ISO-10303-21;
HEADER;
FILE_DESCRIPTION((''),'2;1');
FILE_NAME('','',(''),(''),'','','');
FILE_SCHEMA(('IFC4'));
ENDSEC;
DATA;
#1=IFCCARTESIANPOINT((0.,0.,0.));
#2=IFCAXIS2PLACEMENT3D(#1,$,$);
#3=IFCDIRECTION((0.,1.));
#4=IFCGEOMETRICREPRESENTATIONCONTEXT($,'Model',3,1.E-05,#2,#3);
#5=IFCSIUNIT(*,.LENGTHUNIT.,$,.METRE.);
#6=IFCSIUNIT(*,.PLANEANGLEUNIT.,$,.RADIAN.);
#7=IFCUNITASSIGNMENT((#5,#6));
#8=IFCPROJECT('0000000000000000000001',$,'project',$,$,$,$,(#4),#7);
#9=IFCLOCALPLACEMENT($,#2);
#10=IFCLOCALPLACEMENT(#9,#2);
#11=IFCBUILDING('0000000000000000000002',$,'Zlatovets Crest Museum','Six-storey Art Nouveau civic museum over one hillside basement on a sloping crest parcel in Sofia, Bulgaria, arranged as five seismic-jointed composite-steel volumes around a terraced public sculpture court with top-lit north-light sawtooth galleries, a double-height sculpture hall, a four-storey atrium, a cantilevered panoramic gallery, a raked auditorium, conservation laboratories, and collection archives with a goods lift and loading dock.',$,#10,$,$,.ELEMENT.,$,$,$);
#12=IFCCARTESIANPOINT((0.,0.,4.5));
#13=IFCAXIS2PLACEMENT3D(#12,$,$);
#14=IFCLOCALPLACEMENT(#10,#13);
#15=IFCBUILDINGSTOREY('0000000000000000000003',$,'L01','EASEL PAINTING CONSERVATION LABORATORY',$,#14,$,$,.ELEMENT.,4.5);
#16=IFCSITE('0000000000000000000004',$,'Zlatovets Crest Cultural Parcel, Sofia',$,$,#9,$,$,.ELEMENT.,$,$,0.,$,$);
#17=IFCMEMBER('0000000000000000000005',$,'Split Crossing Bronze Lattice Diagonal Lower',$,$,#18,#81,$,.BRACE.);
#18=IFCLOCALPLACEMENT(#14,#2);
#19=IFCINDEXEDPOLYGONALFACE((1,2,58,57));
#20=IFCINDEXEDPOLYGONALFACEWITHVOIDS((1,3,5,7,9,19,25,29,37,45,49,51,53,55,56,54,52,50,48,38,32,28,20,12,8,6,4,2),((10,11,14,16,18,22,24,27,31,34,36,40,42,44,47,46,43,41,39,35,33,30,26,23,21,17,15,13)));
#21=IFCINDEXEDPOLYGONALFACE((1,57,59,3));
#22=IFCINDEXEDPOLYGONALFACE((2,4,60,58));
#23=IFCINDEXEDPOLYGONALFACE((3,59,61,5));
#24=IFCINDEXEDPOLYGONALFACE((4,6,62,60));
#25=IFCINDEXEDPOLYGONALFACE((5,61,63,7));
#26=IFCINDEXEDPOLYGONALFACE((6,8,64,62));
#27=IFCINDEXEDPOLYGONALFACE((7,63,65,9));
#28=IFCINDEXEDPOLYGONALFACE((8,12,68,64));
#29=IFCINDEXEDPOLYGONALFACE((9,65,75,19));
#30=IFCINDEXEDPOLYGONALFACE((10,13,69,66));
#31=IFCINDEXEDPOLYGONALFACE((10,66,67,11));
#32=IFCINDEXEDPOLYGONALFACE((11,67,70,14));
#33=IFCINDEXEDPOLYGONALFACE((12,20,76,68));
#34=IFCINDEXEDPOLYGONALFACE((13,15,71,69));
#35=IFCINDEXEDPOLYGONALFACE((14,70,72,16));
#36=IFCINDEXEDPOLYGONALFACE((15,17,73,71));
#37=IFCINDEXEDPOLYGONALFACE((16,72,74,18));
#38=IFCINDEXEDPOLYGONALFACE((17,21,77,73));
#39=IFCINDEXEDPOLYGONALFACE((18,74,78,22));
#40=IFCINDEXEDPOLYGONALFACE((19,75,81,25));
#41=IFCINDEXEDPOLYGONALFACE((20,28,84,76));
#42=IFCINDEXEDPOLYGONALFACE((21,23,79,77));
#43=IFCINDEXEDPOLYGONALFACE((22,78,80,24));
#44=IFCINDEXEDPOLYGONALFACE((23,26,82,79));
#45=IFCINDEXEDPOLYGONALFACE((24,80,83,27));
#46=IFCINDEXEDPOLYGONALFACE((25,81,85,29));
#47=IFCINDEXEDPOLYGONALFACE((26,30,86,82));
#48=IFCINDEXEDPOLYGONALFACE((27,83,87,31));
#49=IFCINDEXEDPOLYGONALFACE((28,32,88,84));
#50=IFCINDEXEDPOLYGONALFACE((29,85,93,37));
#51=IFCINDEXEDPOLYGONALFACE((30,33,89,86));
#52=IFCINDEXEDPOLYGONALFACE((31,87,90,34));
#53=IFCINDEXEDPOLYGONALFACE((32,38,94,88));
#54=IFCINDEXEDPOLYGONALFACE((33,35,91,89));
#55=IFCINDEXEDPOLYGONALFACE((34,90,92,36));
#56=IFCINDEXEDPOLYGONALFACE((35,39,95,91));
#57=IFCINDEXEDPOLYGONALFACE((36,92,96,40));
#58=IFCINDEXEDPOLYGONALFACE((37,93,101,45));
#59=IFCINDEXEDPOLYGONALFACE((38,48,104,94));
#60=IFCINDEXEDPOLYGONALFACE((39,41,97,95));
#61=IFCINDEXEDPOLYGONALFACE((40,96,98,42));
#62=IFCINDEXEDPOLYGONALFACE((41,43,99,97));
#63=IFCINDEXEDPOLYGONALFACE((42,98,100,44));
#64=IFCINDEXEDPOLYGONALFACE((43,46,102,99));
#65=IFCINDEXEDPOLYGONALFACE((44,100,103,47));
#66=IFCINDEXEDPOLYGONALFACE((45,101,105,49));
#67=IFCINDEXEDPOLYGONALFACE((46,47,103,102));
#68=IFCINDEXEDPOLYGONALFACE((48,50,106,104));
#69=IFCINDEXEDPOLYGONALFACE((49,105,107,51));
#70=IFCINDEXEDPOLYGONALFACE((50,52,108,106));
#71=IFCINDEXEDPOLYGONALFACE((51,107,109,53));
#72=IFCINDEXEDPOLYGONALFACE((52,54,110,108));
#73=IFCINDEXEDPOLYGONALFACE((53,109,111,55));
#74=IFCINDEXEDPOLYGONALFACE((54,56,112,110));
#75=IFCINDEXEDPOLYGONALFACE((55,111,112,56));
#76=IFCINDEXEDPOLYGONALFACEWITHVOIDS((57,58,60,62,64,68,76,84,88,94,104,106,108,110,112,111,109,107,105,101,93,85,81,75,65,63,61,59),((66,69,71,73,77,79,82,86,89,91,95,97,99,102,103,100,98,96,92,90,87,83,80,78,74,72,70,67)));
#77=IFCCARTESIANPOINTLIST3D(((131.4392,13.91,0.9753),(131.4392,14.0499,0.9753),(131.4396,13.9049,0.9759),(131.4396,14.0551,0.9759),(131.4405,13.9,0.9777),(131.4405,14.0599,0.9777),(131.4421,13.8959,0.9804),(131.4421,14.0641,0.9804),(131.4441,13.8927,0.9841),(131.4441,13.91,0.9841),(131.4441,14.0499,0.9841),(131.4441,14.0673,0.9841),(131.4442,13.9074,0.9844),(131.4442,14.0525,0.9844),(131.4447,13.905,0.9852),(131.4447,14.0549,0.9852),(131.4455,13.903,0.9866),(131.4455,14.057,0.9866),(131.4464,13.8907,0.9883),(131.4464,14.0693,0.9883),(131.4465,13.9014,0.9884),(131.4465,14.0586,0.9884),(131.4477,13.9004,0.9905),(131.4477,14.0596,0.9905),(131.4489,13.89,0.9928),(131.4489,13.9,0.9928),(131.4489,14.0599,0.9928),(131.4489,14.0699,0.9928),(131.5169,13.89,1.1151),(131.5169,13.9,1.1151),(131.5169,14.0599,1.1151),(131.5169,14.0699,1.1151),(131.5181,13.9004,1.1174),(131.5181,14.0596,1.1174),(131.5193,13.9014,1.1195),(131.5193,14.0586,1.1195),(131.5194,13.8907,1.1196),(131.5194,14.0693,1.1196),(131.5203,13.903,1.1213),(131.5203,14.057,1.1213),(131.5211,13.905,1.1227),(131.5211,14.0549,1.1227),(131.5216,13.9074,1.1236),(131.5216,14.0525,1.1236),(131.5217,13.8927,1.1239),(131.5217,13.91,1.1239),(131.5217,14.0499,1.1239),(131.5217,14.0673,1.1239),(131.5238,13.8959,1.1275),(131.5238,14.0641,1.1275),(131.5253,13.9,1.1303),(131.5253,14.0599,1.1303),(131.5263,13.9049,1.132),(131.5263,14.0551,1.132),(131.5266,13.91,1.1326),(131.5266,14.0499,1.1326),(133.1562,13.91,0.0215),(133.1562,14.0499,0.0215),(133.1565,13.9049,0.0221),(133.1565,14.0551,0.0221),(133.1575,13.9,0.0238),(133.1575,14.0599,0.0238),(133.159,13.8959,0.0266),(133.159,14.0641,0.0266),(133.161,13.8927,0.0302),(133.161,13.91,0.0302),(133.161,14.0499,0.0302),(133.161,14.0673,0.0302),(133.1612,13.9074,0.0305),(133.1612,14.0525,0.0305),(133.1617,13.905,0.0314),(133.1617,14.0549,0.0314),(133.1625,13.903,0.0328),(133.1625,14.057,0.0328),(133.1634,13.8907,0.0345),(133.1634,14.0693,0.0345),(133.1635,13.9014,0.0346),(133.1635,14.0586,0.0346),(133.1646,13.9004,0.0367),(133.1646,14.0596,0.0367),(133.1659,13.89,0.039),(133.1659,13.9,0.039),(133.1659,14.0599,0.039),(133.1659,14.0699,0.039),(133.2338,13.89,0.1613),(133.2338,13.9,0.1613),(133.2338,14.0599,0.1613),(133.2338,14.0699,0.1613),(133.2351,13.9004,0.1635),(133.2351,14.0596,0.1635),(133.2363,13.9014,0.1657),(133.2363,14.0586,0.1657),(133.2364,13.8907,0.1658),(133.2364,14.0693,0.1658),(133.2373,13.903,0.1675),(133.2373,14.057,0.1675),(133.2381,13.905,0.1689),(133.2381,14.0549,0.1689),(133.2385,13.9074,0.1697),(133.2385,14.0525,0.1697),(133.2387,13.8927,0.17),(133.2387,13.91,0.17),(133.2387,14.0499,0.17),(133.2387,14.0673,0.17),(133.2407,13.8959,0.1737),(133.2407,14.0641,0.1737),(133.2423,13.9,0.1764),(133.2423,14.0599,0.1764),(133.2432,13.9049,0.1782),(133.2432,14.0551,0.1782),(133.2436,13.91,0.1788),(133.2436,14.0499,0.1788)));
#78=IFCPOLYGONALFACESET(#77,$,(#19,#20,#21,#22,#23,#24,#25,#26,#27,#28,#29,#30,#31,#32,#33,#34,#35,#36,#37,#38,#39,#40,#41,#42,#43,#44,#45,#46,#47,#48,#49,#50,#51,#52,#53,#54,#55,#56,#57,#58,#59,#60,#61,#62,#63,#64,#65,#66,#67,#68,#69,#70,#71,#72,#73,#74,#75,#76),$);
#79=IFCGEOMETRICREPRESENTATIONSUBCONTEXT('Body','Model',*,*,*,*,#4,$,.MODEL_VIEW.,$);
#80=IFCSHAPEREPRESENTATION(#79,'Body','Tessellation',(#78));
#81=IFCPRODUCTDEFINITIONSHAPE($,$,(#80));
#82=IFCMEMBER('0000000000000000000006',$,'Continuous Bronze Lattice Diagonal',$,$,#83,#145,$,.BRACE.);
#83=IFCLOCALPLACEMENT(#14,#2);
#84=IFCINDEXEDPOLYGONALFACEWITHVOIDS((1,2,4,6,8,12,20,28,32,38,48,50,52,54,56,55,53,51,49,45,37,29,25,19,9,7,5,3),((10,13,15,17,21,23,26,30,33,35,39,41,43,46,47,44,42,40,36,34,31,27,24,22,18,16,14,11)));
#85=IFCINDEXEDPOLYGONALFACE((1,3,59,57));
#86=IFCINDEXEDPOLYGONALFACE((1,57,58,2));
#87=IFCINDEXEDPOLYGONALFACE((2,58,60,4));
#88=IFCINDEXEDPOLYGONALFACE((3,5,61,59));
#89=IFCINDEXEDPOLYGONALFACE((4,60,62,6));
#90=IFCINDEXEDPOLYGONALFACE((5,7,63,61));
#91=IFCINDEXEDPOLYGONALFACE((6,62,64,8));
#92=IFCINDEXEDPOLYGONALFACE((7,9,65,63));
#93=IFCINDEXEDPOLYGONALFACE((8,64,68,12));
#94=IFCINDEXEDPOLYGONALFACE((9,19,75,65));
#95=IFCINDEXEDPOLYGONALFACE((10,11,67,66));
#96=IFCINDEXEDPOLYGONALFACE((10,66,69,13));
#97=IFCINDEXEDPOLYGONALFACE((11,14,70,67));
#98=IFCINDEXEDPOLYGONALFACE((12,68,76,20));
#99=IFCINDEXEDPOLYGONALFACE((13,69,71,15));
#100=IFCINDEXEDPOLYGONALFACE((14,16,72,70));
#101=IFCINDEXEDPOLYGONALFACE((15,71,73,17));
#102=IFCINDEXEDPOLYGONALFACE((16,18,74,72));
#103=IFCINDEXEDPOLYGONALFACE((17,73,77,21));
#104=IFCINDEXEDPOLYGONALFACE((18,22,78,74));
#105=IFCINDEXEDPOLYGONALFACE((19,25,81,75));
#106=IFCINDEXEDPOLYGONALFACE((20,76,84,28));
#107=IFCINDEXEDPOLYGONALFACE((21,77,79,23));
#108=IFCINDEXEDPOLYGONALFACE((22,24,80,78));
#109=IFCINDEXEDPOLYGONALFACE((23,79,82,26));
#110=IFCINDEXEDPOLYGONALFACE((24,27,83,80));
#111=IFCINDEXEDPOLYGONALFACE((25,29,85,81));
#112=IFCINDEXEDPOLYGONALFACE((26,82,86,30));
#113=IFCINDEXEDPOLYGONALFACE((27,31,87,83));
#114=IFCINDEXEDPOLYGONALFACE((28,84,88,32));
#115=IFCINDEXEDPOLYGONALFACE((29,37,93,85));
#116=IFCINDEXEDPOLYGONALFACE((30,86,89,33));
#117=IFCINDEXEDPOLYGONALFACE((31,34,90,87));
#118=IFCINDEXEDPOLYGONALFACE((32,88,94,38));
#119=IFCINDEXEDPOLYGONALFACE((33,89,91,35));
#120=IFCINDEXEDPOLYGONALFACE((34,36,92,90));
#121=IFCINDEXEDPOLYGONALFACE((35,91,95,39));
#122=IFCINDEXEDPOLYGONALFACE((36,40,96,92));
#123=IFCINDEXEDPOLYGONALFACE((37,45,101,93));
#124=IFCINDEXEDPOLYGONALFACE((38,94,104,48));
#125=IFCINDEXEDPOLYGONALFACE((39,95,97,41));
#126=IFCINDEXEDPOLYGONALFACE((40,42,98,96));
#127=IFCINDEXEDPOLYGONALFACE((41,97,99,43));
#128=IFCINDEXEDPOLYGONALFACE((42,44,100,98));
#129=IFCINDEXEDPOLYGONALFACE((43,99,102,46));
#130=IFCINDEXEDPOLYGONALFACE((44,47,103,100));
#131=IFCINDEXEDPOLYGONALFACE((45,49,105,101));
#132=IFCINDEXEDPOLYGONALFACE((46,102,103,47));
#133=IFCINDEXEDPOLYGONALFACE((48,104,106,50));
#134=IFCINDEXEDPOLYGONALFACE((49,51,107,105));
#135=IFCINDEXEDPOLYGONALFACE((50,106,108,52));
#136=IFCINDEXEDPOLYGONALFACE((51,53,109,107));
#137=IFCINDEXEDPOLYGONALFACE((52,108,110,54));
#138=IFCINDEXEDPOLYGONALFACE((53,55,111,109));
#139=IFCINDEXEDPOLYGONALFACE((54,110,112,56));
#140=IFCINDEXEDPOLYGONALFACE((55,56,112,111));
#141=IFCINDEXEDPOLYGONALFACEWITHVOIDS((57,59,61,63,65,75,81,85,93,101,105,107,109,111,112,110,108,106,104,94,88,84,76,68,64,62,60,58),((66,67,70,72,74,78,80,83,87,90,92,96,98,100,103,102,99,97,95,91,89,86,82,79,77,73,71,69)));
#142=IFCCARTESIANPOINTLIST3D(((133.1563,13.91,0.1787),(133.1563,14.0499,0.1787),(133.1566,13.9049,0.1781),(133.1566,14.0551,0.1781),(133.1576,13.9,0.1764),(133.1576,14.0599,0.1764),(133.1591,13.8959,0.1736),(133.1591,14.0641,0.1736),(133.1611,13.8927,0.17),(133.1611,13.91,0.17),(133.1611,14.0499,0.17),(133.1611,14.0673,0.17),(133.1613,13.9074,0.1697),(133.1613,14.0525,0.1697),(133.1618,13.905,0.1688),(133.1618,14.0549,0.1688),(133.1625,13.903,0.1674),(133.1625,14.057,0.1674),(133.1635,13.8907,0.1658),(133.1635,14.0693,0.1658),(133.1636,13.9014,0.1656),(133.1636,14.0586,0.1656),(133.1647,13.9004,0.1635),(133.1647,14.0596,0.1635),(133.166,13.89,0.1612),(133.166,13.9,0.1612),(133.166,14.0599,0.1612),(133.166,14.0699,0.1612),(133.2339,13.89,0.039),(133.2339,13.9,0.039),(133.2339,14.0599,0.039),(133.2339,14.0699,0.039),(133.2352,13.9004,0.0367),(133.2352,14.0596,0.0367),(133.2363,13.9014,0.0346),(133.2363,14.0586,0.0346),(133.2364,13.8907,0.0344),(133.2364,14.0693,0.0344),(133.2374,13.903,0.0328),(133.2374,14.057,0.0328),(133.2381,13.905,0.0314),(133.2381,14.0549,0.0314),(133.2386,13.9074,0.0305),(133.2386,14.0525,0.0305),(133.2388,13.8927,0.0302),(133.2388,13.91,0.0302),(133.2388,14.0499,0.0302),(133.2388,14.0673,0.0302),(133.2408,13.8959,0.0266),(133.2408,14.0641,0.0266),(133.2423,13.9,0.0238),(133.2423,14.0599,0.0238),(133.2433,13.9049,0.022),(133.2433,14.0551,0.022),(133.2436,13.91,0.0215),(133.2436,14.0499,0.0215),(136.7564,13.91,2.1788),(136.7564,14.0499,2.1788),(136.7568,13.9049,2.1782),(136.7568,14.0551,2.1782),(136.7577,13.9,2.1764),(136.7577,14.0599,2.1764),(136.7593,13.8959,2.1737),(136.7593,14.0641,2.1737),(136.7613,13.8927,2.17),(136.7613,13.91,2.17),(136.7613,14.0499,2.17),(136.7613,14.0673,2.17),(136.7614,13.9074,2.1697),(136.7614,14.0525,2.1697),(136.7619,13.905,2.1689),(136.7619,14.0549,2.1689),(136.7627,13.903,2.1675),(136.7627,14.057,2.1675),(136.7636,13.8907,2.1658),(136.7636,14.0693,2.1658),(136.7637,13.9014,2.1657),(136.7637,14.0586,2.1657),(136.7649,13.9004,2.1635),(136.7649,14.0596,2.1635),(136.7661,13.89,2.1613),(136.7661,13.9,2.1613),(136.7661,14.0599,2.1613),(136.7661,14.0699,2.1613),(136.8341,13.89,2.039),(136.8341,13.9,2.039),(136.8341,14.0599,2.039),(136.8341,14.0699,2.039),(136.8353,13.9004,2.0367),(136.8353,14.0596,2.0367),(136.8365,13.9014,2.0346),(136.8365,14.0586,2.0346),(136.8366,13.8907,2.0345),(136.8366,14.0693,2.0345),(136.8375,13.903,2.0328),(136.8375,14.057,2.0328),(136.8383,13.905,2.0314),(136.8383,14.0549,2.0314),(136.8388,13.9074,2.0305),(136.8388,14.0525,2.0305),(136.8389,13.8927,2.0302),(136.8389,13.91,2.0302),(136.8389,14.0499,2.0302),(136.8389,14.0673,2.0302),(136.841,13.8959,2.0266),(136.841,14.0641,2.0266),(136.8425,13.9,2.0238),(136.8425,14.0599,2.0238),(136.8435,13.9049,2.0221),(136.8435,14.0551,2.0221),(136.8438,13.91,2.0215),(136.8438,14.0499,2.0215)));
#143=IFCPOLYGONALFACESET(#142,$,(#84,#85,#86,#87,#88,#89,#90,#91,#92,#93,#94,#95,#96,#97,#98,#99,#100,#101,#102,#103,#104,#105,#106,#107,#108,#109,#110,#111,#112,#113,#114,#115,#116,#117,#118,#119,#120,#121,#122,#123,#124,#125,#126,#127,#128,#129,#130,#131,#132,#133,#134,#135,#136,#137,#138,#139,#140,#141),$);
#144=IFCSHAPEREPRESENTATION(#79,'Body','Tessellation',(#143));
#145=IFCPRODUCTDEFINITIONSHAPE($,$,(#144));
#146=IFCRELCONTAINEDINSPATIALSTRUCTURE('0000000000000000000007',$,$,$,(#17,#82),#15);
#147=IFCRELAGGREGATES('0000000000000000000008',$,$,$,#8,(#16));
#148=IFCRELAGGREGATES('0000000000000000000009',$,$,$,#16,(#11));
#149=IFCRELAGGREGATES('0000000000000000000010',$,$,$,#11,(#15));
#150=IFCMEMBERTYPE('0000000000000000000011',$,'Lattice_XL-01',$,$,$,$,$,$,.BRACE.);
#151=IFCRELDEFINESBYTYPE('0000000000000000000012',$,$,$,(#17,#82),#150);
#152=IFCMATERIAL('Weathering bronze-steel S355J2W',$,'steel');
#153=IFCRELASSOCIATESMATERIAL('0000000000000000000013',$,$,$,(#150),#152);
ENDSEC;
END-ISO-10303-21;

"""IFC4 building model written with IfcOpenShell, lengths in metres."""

from ifc_helpers import new_model, si_unit, direction, frame, origin, origin_2d, place, context, subcontext, project, spatial, hollow_rectangle, extrude, material, material_profile, profile_set, type_object, element, save


model = new_model("IFC4")

# Units and contexts
model_context = context("Model", 3, precision=1e-05, world=origin(), true_north=direction((0.0, 1.0)))
body_context = subcontext(model_context, "Body", "Model", "MODEL_VIEW")
ifc_project = project(units=[si_unit("LENGTHUNIT", "METRE"), si_unit("PLANEANGLEUNIT", "RADIAN")], contexts=[model_context])

# Site, building, storey
site_placement = place(None, origin())
site = spatial("IfcSite", under=ifc_project, at=site_placement, Name="Zlatovets Crest Cultural Parcel, Sofia", CompositionType="ELEMENT", RefElevation=0.0)
building_placement = place(site_placement, origin())
building = spatial("IfcBuilding", under=site, at=building_placement, Name="Zlatovets Crest Museum", Description="Six-storey Art Nouveau civic museum over one hillside basement on a sloping crest parcel in Sofia, Bulgaria, arranged as five seismic-jointed composite-steel volumes around a terraced public sculpture court with top-lit north-light sawtooth galleries, a double-height sculpture hall, a four-storey atrium, a cantilevered panoramic gallery, a raked auditorium, conservation laboratories, and collection archives with a goods lift and loading dock.", CompositionType="ELEMENT")
storey_placement = place(building_placement, frame((0.0, 0.0, 4.5)))
storey = spatial("IfcBuildingStorey", under=building, at=storey_placement, Name="L01", Description="EASEL PAINTING CONSERVATION LABORATORY", CompositionType="ELEMENT", Elevation=4.5)

# Members
ifc_material_1 = material(Name="Weathering bronze-steel S355J2W", Category="steel")
ifc_material_profile_1 = material_profile(ifc_material_1, hollow_rectangle(XDim=0.1799, YDim=0.1799, WallThickness=0.01, InnerFilletRadius=0.01, OuterFilletRadius=0.02, at=origin_2d()), Name="SHS 180x180x10.0")
ifc_profile_set_1 = profile_set([ifc_material_profile_1], Name="Weathering bronze-steel S355J2W")
member_type_1 = type_object("IfcMemberType", Name="Lattice_XL-01", PredefinedType="BRACE", material=ifc_profile_set_1)
for number, where, z_axis, x_axis, name in (
    (1, (131.4829, 13.98, 1.054), (0.874169, 0.0, -0.485622), (0.0, 1.0, 0.0), "Split Crossing Bronze Lattice Diagonal Lower"),
):
    element("IfcMember", number, at=place(storey_placement, frame(where, z_axis=z_axis, x_axis=x_axis)), inside=storey, type_object=member_type_1, Name=name, PredefinedType="BRACE", context=body_context, shape_type="SweptSolid", body=[
        extrude(hollow_rectangle(XDim=0.1799, YDim=0.1799, WallThickness=0.01, InnerFilletRadius=0.01, OuterFilletRadius=0.02, at=origin_2d()), origin(), (0.0, 0.0, 1.0), 1.9641),
    ])
member_1_placement = place(storey_placement, frame((133.2, 13.98, 0.1001), z_axis=(0.874163, 0.0, 0.485633), x_axis=(0.0, 1.0, 0.0)))
element("IfcMember", 2, at=member_1_placement, inside=storey, type_object=member_type_1, Name="Continuous Bronze Lattice Diagonal", PredefinedType="BRACE", context=body_context, shape_type="SweptSolid", body=[
    extrude(hollow_rectangle(XDim=0.1799, YDim=0.1799, WallThickness=0.01, InnerFilletRadius=0.01, OuterFilletRadius=0.02, at=origin_2d()), origin(), (0.0, 0.0, 1.0), 4.1184),
])

save(model, "model.ifc")
